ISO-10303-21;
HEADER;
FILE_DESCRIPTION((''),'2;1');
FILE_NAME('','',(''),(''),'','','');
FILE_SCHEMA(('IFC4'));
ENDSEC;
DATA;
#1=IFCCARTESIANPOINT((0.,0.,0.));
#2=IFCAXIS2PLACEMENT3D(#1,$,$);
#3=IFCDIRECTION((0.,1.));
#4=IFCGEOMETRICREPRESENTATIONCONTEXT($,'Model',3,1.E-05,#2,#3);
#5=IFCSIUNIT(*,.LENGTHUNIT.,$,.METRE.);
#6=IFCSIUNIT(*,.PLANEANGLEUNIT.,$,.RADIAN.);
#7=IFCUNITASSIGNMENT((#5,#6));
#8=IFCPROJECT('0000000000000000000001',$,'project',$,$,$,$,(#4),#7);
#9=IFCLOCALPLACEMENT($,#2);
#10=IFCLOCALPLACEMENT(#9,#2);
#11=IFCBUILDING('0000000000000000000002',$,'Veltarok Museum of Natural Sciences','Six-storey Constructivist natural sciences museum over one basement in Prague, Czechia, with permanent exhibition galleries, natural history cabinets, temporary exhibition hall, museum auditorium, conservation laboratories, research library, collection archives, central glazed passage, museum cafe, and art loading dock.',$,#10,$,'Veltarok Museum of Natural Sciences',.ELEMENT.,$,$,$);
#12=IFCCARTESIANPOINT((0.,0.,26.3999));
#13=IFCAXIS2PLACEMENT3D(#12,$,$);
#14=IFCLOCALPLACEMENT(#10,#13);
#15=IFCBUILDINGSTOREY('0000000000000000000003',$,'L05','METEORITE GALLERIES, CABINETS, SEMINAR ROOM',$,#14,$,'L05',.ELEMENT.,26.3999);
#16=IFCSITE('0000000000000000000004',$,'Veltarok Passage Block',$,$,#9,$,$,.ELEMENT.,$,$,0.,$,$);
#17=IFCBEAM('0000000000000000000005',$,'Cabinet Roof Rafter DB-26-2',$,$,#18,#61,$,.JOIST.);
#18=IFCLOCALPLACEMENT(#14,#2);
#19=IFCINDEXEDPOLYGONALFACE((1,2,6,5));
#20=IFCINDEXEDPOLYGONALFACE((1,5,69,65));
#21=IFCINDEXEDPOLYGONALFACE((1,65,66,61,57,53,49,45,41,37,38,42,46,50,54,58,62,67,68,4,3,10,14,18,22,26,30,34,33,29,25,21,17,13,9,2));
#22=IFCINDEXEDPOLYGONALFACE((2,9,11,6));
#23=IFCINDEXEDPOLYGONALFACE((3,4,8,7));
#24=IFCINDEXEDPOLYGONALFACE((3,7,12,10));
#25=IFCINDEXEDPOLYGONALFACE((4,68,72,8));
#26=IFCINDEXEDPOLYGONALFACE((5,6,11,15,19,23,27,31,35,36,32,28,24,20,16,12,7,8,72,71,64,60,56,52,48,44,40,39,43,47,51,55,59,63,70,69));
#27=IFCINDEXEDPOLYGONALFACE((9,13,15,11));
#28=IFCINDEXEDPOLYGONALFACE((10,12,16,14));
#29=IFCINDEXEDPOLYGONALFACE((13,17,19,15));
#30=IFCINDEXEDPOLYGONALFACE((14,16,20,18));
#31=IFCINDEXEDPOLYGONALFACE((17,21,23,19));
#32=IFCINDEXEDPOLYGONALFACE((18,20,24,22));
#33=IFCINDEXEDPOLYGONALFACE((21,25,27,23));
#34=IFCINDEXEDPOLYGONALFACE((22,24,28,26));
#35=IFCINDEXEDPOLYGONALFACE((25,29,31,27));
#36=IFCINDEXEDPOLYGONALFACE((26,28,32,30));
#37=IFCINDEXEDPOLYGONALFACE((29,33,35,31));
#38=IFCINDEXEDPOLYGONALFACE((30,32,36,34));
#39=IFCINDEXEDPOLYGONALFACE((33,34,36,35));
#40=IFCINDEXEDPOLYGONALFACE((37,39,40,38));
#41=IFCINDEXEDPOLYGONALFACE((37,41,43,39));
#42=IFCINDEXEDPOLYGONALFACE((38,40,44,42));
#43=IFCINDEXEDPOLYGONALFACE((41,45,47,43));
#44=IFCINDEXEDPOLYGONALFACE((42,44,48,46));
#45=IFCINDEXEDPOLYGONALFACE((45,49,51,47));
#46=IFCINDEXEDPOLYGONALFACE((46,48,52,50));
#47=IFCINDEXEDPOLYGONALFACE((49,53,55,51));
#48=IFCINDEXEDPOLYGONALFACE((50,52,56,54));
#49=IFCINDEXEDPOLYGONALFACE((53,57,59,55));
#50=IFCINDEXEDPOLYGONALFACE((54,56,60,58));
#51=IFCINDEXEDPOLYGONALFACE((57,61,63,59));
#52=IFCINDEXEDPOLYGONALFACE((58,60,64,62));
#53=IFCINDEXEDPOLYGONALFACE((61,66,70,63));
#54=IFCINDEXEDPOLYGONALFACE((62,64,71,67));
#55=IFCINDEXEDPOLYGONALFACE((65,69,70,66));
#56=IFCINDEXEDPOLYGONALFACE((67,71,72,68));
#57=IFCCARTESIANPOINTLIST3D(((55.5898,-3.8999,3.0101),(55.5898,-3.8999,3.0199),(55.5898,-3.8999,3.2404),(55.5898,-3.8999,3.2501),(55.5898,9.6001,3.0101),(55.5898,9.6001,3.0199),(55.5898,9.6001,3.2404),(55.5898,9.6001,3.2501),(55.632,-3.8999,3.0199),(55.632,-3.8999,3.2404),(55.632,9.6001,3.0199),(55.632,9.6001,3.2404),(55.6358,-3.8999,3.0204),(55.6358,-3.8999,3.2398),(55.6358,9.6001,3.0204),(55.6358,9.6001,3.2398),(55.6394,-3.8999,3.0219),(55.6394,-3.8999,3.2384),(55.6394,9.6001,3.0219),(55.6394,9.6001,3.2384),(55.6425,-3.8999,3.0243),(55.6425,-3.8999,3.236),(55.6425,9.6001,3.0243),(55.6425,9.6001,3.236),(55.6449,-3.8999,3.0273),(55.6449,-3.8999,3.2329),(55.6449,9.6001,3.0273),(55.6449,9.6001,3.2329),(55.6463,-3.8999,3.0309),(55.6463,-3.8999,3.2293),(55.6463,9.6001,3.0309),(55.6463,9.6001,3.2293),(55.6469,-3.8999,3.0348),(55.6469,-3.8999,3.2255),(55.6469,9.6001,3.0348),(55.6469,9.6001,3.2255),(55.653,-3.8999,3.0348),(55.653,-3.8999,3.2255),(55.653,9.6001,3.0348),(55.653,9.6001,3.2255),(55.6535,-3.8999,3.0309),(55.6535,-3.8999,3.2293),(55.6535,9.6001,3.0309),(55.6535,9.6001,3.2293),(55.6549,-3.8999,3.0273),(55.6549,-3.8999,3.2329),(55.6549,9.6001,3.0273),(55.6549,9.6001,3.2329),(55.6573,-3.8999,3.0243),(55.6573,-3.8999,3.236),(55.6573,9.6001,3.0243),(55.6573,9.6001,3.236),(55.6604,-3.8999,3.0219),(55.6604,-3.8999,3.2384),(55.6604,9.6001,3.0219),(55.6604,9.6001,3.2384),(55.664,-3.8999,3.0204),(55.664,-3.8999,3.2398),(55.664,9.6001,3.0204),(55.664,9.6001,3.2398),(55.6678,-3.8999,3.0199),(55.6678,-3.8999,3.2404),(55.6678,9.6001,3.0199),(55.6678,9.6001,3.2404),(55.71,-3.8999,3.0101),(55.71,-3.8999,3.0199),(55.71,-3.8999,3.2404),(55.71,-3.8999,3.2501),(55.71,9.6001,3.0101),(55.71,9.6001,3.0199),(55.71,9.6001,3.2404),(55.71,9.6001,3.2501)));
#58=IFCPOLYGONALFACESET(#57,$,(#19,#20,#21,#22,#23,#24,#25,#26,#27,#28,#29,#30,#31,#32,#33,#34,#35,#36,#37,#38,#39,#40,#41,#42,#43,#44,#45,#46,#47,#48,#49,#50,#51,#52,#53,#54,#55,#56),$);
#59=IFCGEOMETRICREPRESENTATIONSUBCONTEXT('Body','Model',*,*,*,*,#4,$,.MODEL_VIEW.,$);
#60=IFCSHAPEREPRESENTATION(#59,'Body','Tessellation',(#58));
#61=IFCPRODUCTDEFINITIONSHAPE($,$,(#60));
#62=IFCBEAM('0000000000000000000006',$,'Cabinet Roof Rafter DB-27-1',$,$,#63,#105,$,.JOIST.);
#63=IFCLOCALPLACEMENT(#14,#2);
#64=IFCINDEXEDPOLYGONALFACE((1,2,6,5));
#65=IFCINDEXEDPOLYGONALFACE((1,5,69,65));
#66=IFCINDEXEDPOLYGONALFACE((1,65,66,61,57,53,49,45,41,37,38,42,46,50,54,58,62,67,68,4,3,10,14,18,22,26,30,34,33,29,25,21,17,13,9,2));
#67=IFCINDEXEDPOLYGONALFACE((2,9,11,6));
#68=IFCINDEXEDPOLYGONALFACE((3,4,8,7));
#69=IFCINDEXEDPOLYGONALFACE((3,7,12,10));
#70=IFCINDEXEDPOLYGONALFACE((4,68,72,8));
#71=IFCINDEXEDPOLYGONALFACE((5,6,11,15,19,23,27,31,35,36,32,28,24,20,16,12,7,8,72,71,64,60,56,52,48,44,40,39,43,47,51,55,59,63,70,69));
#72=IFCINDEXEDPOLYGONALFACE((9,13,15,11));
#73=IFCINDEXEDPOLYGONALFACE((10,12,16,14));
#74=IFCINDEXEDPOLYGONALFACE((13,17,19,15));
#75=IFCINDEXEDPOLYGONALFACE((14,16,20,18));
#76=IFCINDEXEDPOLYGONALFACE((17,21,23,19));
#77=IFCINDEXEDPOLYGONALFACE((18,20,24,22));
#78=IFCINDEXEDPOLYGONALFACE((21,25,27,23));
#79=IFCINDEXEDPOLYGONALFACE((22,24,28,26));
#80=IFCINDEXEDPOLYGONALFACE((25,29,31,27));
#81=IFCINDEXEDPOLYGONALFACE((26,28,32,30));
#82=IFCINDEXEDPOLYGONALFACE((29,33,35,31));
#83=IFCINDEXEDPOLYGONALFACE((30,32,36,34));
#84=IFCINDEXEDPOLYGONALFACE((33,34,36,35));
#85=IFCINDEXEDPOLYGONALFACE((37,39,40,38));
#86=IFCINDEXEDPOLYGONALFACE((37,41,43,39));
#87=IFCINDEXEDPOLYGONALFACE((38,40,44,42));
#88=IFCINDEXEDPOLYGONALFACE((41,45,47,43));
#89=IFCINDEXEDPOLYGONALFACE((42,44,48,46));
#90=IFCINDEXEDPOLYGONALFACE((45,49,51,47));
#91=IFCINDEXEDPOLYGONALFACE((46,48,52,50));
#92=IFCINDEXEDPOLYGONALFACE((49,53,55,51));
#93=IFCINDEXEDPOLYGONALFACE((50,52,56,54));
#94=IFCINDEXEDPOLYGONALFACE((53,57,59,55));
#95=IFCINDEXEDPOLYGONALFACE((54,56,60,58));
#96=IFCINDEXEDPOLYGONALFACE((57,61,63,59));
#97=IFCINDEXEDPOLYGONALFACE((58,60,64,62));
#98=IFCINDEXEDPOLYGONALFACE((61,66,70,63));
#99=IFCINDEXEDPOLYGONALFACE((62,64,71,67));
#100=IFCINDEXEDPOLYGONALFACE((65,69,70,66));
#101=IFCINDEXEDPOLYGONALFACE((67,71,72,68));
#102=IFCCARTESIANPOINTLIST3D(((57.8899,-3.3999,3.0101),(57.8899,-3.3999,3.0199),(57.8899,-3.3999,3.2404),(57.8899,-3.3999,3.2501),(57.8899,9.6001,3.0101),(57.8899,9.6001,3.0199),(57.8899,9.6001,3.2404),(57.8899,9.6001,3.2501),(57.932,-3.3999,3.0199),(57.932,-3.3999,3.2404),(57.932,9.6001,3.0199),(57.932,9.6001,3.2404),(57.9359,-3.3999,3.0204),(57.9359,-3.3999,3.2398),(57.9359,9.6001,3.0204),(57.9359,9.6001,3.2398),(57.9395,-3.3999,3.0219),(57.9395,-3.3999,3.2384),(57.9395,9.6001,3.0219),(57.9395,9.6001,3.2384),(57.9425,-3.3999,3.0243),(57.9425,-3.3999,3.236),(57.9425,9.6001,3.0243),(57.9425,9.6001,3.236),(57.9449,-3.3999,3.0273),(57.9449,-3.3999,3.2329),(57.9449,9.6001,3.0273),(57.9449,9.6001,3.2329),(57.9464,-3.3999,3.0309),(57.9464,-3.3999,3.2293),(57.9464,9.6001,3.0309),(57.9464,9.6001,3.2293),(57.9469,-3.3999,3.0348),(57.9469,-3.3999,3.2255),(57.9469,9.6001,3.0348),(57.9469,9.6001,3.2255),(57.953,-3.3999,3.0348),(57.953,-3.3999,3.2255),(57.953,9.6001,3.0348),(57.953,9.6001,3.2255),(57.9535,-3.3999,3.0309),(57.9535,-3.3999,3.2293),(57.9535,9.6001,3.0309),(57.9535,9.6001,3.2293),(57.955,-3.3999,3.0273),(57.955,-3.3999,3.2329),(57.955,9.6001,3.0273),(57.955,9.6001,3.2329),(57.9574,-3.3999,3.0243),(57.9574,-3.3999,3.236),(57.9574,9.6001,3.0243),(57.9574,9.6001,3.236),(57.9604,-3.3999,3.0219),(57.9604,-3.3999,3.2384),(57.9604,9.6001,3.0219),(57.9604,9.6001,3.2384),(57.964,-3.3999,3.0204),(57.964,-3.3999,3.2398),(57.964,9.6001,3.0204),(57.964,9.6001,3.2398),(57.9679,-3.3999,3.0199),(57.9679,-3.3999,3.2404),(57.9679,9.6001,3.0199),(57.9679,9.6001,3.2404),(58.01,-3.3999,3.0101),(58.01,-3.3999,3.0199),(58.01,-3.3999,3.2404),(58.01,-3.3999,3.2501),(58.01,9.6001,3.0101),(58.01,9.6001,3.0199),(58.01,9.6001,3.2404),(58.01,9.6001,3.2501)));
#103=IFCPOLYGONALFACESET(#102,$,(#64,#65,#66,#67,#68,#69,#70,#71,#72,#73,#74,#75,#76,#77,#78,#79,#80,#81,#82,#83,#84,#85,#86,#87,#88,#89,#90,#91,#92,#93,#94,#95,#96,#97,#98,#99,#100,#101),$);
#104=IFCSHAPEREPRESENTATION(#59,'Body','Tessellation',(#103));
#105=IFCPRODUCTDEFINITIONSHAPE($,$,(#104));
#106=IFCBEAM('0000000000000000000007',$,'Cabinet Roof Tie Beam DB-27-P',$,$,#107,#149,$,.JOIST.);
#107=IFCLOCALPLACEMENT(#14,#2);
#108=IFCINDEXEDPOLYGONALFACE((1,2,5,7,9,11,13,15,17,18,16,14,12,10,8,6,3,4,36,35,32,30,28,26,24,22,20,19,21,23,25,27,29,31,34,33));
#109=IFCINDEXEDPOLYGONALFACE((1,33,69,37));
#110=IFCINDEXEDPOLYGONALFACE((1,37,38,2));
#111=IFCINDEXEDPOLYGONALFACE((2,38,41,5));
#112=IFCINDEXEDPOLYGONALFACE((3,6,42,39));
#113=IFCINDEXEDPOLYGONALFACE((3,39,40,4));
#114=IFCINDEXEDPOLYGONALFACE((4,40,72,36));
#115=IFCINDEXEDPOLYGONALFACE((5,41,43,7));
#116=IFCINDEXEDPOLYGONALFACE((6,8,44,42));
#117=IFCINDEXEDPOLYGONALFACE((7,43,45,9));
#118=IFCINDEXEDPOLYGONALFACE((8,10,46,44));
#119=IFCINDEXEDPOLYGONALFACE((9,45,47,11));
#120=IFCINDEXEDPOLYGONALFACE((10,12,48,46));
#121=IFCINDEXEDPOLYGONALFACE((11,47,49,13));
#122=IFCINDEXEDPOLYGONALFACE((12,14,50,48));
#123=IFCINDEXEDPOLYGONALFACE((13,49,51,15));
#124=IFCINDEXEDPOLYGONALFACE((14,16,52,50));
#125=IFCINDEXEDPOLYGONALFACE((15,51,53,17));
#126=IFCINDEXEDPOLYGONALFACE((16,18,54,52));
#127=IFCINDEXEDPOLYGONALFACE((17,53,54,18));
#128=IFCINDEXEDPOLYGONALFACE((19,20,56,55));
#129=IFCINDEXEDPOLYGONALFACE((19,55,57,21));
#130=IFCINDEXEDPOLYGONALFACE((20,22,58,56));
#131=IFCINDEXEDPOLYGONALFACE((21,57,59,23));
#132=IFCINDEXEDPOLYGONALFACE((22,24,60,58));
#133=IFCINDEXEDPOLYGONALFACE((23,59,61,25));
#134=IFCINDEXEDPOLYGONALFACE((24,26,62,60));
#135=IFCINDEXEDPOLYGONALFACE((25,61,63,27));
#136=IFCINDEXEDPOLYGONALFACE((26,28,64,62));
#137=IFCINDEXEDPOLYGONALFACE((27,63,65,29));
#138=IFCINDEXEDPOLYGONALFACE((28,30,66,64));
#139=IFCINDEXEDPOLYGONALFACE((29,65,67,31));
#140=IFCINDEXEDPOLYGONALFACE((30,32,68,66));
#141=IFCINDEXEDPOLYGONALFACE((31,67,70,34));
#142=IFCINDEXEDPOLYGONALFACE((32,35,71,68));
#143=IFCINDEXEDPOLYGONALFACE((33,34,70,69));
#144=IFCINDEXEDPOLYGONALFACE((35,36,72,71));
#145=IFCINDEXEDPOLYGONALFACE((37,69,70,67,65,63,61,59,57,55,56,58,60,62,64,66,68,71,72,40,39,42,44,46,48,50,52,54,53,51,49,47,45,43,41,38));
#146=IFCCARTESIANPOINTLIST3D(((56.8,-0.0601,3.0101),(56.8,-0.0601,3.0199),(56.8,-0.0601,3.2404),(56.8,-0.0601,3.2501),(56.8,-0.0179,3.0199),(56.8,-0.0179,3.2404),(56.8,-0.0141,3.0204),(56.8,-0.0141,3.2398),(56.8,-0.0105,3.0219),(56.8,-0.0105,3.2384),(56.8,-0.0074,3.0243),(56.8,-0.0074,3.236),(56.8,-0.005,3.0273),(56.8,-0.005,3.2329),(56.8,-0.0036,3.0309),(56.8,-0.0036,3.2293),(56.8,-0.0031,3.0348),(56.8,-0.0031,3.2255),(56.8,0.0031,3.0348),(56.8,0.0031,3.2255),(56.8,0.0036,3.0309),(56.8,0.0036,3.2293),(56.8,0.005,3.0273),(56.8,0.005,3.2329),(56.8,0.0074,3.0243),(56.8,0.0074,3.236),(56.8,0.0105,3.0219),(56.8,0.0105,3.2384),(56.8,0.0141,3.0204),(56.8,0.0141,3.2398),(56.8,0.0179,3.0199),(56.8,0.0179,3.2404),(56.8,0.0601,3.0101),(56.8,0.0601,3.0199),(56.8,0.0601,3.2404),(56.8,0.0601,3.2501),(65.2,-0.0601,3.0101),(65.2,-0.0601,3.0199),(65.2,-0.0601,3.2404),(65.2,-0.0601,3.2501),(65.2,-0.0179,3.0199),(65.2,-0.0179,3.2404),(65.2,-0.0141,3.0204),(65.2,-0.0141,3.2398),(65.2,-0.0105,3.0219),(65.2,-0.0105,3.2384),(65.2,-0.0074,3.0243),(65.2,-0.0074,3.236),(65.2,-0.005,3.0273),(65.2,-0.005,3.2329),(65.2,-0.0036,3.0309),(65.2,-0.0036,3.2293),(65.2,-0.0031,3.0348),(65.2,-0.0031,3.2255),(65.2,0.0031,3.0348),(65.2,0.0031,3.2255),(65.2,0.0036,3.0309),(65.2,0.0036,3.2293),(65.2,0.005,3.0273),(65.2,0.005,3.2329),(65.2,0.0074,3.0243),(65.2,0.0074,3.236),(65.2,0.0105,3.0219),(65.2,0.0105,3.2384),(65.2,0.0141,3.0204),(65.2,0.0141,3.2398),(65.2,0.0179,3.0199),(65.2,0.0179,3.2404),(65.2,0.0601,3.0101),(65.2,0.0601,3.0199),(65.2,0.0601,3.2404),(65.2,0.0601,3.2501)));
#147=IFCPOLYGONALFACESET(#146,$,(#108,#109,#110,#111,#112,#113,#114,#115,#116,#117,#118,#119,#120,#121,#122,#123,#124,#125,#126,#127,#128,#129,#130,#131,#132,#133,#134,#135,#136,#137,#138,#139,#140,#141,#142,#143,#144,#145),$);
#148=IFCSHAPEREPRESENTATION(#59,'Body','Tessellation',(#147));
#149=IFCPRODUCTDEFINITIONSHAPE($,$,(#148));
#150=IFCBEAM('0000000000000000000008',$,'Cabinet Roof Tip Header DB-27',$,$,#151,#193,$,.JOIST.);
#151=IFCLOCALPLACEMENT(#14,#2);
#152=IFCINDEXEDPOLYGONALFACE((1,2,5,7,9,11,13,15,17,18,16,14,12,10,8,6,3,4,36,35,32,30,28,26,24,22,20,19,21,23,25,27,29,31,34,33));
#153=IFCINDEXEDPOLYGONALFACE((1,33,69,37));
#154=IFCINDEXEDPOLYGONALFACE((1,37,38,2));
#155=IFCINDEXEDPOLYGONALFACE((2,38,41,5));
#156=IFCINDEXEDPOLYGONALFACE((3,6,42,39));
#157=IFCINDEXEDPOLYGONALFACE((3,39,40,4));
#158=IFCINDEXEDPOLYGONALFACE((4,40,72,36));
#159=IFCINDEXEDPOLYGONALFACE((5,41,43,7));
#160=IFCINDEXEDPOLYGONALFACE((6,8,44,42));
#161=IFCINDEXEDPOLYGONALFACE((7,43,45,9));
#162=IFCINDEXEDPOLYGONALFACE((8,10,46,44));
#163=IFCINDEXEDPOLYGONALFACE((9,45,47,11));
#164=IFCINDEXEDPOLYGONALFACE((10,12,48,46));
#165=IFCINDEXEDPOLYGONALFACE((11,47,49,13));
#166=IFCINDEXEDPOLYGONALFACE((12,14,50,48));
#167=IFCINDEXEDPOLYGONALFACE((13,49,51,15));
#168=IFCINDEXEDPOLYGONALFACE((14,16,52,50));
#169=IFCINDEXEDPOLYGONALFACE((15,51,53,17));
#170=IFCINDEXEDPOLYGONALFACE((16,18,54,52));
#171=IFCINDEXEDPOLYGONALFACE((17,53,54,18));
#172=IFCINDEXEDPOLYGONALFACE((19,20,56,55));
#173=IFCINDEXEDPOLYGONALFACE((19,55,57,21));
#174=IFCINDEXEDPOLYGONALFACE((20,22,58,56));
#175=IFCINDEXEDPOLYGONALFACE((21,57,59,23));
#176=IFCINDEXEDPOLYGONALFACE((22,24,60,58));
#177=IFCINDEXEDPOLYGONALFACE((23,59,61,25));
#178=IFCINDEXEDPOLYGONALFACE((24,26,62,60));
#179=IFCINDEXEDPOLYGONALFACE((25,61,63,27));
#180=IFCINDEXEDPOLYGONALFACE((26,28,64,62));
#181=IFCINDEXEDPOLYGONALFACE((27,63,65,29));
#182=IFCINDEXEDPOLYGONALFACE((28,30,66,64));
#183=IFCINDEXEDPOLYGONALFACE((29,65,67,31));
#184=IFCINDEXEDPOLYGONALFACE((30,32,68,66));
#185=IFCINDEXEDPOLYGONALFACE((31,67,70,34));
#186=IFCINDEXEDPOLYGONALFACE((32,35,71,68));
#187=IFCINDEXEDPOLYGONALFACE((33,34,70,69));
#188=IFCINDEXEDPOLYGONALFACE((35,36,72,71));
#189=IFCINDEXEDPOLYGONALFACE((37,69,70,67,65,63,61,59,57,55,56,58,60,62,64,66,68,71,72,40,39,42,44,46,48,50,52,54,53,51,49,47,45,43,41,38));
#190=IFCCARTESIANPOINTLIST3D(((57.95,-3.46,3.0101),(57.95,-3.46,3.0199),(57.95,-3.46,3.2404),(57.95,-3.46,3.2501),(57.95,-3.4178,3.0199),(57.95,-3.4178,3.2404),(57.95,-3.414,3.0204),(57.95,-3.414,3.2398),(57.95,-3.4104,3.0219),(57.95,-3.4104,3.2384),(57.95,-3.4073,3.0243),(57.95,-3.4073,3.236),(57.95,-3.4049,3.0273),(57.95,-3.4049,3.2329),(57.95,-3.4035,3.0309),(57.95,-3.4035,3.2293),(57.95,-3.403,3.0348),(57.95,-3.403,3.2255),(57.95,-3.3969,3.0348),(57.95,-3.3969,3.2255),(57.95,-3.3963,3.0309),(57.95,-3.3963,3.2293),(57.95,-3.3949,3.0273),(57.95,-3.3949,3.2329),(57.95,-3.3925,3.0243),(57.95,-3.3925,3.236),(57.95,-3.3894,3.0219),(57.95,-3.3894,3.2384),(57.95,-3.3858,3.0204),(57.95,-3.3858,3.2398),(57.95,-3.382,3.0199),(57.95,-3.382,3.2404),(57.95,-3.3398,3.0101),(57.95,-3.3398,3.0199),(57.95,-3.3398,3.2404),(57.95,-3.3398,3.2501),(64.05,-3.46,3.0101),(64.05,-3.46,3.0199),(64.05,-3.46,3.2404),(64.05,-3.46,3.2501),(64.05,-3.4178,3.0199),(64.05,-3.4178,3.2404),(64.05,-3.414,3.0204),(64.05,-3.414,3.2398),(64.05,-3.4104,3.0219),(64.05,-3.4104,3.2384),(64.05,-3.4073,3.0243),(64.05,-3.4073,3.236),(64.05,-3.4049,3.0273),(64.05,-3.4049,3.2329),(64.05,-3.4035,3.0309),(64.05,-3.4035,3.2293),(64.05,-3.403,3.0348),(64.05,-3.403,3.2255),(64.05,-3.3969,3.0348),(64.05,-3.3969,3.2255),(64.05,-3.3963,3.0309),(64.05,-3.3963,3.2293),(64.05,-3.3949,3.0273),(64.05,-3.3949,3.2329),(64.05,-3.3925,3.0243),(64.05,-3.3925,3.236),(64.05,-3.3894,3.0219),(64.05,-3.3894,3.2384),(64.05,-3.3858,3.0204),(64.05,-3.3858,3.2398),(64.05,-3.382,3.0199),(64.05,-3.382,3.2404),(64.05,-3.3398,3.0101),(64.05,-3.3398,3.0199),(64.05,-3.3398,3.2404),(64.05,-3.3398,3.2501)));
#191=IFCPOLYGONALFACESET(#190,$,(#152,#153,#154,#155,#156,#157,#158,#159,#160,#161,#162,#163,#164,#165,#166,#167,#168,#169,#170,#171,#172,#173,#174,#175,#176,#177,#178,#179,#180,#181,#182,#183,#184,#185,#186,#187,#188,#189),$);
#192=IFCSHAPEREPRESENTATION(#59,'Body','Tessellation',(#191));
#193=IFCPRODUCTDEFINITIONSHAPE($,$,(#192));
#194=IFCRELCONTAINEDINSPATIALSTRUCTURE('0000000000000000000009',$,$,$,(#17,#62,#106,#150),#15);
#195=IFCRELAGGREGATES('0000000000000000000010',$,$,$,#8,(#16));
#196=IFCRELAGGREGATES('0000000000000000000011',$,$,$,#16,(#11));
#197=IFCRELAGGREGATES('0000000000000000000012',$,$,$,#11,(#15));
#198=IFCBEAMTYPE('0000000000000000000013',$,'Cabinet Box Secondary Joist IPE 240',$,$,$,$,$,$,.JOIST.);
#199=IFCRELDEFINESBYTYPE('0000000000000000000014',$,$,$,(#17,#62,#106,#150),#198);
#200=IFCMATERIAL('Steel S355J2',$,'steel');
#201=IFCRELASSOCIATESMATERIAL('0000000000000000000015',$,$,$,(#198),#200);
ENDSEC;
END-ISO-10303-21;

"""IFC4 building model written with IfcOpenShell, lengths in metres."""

from ifc_helpers import new_model, si_unit, direction, frame, origin, origin_2d, place, context, subcontext, project, spatial, i_section, extrude, material, material_profile, profile_set, type_object, element, save


model = new_model("IFC4")

# Units and contexts
model_context = context("Model", 3, precision=1e-05, world=origin(), true_north=direction((0.0, 1.0)))
body_context = subcontext(model_context, "Body", "Model", "MODEL_VIEW")
ifc_project = project(units=[si_unit("LENGTHUNIT", "METRE"), si_unit("PLANEANGLEUNIT", "RADIAN")], contexts=[model_context])

# Site, building, storey
site_placement = place(None, origin())
site = spatial("IfcSite", under=ifc_project, at=site_placement, Name="Veltarok Passage Block", CompositionType="ELEMENT", RefElevation=0.0)
building_placement = place(site_placement, origin())
building = spatial("IfcBuilding", under=site, at=building_placement, Name="Veltarok Museum of Natural Sciences", Description="Six-storey Constructivist natural sciences museum over one basement in Prague, Czechia, with permanent exhibition galleries, natural history cabinets, temporary exhibition hall, museum auditorium, conservation laboratories, research library, collection archives, central glazed passage, museum cafe, and art loading dock.", LongName="Veltarok Museum of Natural Sciences", CompositionType="ELEMENT")
storey_placement = place(building_placement, frame((0.0, 0.0, 26.3999)))
storey = spatial("IfcBuildingStorey", under=building, at=storey_placement, Name="L05", Description="METEORITE GALLERIES, CABINETS, SEMINAR ROOM", LongName="L05", CompositionType="ELEMENT", Elevation=26.3999)

# Beams
ifc_material_1 = material(Name="Steel S355J2", Category="steel")
ifc_material_profile_1 = material_profile(ifc_material_1, i_section(OverallWidth=0.1201, OverallDepth=0.24, WebThickness=0.0061, FlangeThickness=0.0098, FilletRadius=0.0149, at=origin_2d()), Name="IPE 240")
ifc_profile_set_1 = profile_set([ifc_material_profile_1], Name="Steel S355J2")
beam_type_1 = type_object("IfcBeamType", Name="Cabinet Box Secondary Joist IPE 240", PredefinedType="JOIST", material=ifc_profile_set_1)
beam_1_placement = place(storey_placement, frame((55.6499, -3.8999, 3.1301), z_axis=(0.0, 1.0, 0.0), x_axis=(-1.0, 0.0, 0.0)))
element("IfcBeam", 1, at=beam_1_placement, inside=storey, type_object=beam_type_1, Name="Cabinet Roof Rafter DB-26-2", PredefinedType="JOIST", context=body_context, shape_type="SweptSolid", body=[
    extrude(i_section(OverallWidth=0.1201, OverallDepth=0.24, WebThickness=0.0061, FlangeThickness=0.0098, FilletRadius=0.0149, at=origin_2d()), origin(), (0.0, 0.0, 1.0), 13.5),
])
beam_2_placement = place(storey_placement, frame((57.95, -3.3999, 3.1301), z_axis=(0.0, 1.0, 0.0), x_axis=(-1.0, 0.0, 0.0)))
element("IfcBeam", 2, at=beam_2_placement, inside=storey, type_object=beam_type_1, Name="Cabinet Roof Rafter DB-27-1", PredefinedType="JOIST", context=body_context, shape_type="SweptSolid", body=[
    extrude(i_section(OverallWidth=0.1201, OverallDepth=0.24, WebThickness=0.0061, FlangeThickness=0.0098, FilletRadius=0.0149, at=origin_2d()), origin(), (0.0, 0.0, 1.0), 13.0),
])
beam_3_placement = place(storey_placement, frame((56.8, 0.0, 3.1301), z_axis=(1.0, 0.0, 0.0), x_axis=(0.0, 1.0, 0.0)))
element("IfcBeam", 3, at=beam_3_placement, inside=storey, type_object=beam_type_1, Name="Cabinet Roof Tie Beam DB-27-P", PredefinedType="JOIST", context=body_context, shape_type="SweptSolid", body=[
    extrude(i_section(OverallWidth=0.1201, OverallDepth=0.24, WebThickness=0.0061, FlangeThickness=0.0098, FilletRadius=0.0149, at=origin_2d()), origin(), (0.0, 0.0, 1.0), 8.3999),
])
for number, where, z_axis, x_axis, name in (
    (4, (57.95, -3.3999, 3.1301), (1.0, 0.0, 0.0), (0.0, 1.0, 0.0), "Cabinet Roof Tip Header DB-27"),
):
    element("IfcBeam", number, at=place(storey_placement, frame(where, z_axis=z_axis, x_axis=x_axis)), inside=storey, type_object=beam_type_1, Name=name, PredefinedType="JOIST", context=body_context, shape_type="SweptSolid", body=[
        extrude(i_section(OverallWidth=0.1201, OverallDepth=0.24, WebThickness=0.0061, FlangeThickness=0.0098, FilletRadius=0.0149, at=origin_2d()), origin(), (0.0, 0.0, 1.0), 6.1001),
    ])

save(model, "model.ifc")
